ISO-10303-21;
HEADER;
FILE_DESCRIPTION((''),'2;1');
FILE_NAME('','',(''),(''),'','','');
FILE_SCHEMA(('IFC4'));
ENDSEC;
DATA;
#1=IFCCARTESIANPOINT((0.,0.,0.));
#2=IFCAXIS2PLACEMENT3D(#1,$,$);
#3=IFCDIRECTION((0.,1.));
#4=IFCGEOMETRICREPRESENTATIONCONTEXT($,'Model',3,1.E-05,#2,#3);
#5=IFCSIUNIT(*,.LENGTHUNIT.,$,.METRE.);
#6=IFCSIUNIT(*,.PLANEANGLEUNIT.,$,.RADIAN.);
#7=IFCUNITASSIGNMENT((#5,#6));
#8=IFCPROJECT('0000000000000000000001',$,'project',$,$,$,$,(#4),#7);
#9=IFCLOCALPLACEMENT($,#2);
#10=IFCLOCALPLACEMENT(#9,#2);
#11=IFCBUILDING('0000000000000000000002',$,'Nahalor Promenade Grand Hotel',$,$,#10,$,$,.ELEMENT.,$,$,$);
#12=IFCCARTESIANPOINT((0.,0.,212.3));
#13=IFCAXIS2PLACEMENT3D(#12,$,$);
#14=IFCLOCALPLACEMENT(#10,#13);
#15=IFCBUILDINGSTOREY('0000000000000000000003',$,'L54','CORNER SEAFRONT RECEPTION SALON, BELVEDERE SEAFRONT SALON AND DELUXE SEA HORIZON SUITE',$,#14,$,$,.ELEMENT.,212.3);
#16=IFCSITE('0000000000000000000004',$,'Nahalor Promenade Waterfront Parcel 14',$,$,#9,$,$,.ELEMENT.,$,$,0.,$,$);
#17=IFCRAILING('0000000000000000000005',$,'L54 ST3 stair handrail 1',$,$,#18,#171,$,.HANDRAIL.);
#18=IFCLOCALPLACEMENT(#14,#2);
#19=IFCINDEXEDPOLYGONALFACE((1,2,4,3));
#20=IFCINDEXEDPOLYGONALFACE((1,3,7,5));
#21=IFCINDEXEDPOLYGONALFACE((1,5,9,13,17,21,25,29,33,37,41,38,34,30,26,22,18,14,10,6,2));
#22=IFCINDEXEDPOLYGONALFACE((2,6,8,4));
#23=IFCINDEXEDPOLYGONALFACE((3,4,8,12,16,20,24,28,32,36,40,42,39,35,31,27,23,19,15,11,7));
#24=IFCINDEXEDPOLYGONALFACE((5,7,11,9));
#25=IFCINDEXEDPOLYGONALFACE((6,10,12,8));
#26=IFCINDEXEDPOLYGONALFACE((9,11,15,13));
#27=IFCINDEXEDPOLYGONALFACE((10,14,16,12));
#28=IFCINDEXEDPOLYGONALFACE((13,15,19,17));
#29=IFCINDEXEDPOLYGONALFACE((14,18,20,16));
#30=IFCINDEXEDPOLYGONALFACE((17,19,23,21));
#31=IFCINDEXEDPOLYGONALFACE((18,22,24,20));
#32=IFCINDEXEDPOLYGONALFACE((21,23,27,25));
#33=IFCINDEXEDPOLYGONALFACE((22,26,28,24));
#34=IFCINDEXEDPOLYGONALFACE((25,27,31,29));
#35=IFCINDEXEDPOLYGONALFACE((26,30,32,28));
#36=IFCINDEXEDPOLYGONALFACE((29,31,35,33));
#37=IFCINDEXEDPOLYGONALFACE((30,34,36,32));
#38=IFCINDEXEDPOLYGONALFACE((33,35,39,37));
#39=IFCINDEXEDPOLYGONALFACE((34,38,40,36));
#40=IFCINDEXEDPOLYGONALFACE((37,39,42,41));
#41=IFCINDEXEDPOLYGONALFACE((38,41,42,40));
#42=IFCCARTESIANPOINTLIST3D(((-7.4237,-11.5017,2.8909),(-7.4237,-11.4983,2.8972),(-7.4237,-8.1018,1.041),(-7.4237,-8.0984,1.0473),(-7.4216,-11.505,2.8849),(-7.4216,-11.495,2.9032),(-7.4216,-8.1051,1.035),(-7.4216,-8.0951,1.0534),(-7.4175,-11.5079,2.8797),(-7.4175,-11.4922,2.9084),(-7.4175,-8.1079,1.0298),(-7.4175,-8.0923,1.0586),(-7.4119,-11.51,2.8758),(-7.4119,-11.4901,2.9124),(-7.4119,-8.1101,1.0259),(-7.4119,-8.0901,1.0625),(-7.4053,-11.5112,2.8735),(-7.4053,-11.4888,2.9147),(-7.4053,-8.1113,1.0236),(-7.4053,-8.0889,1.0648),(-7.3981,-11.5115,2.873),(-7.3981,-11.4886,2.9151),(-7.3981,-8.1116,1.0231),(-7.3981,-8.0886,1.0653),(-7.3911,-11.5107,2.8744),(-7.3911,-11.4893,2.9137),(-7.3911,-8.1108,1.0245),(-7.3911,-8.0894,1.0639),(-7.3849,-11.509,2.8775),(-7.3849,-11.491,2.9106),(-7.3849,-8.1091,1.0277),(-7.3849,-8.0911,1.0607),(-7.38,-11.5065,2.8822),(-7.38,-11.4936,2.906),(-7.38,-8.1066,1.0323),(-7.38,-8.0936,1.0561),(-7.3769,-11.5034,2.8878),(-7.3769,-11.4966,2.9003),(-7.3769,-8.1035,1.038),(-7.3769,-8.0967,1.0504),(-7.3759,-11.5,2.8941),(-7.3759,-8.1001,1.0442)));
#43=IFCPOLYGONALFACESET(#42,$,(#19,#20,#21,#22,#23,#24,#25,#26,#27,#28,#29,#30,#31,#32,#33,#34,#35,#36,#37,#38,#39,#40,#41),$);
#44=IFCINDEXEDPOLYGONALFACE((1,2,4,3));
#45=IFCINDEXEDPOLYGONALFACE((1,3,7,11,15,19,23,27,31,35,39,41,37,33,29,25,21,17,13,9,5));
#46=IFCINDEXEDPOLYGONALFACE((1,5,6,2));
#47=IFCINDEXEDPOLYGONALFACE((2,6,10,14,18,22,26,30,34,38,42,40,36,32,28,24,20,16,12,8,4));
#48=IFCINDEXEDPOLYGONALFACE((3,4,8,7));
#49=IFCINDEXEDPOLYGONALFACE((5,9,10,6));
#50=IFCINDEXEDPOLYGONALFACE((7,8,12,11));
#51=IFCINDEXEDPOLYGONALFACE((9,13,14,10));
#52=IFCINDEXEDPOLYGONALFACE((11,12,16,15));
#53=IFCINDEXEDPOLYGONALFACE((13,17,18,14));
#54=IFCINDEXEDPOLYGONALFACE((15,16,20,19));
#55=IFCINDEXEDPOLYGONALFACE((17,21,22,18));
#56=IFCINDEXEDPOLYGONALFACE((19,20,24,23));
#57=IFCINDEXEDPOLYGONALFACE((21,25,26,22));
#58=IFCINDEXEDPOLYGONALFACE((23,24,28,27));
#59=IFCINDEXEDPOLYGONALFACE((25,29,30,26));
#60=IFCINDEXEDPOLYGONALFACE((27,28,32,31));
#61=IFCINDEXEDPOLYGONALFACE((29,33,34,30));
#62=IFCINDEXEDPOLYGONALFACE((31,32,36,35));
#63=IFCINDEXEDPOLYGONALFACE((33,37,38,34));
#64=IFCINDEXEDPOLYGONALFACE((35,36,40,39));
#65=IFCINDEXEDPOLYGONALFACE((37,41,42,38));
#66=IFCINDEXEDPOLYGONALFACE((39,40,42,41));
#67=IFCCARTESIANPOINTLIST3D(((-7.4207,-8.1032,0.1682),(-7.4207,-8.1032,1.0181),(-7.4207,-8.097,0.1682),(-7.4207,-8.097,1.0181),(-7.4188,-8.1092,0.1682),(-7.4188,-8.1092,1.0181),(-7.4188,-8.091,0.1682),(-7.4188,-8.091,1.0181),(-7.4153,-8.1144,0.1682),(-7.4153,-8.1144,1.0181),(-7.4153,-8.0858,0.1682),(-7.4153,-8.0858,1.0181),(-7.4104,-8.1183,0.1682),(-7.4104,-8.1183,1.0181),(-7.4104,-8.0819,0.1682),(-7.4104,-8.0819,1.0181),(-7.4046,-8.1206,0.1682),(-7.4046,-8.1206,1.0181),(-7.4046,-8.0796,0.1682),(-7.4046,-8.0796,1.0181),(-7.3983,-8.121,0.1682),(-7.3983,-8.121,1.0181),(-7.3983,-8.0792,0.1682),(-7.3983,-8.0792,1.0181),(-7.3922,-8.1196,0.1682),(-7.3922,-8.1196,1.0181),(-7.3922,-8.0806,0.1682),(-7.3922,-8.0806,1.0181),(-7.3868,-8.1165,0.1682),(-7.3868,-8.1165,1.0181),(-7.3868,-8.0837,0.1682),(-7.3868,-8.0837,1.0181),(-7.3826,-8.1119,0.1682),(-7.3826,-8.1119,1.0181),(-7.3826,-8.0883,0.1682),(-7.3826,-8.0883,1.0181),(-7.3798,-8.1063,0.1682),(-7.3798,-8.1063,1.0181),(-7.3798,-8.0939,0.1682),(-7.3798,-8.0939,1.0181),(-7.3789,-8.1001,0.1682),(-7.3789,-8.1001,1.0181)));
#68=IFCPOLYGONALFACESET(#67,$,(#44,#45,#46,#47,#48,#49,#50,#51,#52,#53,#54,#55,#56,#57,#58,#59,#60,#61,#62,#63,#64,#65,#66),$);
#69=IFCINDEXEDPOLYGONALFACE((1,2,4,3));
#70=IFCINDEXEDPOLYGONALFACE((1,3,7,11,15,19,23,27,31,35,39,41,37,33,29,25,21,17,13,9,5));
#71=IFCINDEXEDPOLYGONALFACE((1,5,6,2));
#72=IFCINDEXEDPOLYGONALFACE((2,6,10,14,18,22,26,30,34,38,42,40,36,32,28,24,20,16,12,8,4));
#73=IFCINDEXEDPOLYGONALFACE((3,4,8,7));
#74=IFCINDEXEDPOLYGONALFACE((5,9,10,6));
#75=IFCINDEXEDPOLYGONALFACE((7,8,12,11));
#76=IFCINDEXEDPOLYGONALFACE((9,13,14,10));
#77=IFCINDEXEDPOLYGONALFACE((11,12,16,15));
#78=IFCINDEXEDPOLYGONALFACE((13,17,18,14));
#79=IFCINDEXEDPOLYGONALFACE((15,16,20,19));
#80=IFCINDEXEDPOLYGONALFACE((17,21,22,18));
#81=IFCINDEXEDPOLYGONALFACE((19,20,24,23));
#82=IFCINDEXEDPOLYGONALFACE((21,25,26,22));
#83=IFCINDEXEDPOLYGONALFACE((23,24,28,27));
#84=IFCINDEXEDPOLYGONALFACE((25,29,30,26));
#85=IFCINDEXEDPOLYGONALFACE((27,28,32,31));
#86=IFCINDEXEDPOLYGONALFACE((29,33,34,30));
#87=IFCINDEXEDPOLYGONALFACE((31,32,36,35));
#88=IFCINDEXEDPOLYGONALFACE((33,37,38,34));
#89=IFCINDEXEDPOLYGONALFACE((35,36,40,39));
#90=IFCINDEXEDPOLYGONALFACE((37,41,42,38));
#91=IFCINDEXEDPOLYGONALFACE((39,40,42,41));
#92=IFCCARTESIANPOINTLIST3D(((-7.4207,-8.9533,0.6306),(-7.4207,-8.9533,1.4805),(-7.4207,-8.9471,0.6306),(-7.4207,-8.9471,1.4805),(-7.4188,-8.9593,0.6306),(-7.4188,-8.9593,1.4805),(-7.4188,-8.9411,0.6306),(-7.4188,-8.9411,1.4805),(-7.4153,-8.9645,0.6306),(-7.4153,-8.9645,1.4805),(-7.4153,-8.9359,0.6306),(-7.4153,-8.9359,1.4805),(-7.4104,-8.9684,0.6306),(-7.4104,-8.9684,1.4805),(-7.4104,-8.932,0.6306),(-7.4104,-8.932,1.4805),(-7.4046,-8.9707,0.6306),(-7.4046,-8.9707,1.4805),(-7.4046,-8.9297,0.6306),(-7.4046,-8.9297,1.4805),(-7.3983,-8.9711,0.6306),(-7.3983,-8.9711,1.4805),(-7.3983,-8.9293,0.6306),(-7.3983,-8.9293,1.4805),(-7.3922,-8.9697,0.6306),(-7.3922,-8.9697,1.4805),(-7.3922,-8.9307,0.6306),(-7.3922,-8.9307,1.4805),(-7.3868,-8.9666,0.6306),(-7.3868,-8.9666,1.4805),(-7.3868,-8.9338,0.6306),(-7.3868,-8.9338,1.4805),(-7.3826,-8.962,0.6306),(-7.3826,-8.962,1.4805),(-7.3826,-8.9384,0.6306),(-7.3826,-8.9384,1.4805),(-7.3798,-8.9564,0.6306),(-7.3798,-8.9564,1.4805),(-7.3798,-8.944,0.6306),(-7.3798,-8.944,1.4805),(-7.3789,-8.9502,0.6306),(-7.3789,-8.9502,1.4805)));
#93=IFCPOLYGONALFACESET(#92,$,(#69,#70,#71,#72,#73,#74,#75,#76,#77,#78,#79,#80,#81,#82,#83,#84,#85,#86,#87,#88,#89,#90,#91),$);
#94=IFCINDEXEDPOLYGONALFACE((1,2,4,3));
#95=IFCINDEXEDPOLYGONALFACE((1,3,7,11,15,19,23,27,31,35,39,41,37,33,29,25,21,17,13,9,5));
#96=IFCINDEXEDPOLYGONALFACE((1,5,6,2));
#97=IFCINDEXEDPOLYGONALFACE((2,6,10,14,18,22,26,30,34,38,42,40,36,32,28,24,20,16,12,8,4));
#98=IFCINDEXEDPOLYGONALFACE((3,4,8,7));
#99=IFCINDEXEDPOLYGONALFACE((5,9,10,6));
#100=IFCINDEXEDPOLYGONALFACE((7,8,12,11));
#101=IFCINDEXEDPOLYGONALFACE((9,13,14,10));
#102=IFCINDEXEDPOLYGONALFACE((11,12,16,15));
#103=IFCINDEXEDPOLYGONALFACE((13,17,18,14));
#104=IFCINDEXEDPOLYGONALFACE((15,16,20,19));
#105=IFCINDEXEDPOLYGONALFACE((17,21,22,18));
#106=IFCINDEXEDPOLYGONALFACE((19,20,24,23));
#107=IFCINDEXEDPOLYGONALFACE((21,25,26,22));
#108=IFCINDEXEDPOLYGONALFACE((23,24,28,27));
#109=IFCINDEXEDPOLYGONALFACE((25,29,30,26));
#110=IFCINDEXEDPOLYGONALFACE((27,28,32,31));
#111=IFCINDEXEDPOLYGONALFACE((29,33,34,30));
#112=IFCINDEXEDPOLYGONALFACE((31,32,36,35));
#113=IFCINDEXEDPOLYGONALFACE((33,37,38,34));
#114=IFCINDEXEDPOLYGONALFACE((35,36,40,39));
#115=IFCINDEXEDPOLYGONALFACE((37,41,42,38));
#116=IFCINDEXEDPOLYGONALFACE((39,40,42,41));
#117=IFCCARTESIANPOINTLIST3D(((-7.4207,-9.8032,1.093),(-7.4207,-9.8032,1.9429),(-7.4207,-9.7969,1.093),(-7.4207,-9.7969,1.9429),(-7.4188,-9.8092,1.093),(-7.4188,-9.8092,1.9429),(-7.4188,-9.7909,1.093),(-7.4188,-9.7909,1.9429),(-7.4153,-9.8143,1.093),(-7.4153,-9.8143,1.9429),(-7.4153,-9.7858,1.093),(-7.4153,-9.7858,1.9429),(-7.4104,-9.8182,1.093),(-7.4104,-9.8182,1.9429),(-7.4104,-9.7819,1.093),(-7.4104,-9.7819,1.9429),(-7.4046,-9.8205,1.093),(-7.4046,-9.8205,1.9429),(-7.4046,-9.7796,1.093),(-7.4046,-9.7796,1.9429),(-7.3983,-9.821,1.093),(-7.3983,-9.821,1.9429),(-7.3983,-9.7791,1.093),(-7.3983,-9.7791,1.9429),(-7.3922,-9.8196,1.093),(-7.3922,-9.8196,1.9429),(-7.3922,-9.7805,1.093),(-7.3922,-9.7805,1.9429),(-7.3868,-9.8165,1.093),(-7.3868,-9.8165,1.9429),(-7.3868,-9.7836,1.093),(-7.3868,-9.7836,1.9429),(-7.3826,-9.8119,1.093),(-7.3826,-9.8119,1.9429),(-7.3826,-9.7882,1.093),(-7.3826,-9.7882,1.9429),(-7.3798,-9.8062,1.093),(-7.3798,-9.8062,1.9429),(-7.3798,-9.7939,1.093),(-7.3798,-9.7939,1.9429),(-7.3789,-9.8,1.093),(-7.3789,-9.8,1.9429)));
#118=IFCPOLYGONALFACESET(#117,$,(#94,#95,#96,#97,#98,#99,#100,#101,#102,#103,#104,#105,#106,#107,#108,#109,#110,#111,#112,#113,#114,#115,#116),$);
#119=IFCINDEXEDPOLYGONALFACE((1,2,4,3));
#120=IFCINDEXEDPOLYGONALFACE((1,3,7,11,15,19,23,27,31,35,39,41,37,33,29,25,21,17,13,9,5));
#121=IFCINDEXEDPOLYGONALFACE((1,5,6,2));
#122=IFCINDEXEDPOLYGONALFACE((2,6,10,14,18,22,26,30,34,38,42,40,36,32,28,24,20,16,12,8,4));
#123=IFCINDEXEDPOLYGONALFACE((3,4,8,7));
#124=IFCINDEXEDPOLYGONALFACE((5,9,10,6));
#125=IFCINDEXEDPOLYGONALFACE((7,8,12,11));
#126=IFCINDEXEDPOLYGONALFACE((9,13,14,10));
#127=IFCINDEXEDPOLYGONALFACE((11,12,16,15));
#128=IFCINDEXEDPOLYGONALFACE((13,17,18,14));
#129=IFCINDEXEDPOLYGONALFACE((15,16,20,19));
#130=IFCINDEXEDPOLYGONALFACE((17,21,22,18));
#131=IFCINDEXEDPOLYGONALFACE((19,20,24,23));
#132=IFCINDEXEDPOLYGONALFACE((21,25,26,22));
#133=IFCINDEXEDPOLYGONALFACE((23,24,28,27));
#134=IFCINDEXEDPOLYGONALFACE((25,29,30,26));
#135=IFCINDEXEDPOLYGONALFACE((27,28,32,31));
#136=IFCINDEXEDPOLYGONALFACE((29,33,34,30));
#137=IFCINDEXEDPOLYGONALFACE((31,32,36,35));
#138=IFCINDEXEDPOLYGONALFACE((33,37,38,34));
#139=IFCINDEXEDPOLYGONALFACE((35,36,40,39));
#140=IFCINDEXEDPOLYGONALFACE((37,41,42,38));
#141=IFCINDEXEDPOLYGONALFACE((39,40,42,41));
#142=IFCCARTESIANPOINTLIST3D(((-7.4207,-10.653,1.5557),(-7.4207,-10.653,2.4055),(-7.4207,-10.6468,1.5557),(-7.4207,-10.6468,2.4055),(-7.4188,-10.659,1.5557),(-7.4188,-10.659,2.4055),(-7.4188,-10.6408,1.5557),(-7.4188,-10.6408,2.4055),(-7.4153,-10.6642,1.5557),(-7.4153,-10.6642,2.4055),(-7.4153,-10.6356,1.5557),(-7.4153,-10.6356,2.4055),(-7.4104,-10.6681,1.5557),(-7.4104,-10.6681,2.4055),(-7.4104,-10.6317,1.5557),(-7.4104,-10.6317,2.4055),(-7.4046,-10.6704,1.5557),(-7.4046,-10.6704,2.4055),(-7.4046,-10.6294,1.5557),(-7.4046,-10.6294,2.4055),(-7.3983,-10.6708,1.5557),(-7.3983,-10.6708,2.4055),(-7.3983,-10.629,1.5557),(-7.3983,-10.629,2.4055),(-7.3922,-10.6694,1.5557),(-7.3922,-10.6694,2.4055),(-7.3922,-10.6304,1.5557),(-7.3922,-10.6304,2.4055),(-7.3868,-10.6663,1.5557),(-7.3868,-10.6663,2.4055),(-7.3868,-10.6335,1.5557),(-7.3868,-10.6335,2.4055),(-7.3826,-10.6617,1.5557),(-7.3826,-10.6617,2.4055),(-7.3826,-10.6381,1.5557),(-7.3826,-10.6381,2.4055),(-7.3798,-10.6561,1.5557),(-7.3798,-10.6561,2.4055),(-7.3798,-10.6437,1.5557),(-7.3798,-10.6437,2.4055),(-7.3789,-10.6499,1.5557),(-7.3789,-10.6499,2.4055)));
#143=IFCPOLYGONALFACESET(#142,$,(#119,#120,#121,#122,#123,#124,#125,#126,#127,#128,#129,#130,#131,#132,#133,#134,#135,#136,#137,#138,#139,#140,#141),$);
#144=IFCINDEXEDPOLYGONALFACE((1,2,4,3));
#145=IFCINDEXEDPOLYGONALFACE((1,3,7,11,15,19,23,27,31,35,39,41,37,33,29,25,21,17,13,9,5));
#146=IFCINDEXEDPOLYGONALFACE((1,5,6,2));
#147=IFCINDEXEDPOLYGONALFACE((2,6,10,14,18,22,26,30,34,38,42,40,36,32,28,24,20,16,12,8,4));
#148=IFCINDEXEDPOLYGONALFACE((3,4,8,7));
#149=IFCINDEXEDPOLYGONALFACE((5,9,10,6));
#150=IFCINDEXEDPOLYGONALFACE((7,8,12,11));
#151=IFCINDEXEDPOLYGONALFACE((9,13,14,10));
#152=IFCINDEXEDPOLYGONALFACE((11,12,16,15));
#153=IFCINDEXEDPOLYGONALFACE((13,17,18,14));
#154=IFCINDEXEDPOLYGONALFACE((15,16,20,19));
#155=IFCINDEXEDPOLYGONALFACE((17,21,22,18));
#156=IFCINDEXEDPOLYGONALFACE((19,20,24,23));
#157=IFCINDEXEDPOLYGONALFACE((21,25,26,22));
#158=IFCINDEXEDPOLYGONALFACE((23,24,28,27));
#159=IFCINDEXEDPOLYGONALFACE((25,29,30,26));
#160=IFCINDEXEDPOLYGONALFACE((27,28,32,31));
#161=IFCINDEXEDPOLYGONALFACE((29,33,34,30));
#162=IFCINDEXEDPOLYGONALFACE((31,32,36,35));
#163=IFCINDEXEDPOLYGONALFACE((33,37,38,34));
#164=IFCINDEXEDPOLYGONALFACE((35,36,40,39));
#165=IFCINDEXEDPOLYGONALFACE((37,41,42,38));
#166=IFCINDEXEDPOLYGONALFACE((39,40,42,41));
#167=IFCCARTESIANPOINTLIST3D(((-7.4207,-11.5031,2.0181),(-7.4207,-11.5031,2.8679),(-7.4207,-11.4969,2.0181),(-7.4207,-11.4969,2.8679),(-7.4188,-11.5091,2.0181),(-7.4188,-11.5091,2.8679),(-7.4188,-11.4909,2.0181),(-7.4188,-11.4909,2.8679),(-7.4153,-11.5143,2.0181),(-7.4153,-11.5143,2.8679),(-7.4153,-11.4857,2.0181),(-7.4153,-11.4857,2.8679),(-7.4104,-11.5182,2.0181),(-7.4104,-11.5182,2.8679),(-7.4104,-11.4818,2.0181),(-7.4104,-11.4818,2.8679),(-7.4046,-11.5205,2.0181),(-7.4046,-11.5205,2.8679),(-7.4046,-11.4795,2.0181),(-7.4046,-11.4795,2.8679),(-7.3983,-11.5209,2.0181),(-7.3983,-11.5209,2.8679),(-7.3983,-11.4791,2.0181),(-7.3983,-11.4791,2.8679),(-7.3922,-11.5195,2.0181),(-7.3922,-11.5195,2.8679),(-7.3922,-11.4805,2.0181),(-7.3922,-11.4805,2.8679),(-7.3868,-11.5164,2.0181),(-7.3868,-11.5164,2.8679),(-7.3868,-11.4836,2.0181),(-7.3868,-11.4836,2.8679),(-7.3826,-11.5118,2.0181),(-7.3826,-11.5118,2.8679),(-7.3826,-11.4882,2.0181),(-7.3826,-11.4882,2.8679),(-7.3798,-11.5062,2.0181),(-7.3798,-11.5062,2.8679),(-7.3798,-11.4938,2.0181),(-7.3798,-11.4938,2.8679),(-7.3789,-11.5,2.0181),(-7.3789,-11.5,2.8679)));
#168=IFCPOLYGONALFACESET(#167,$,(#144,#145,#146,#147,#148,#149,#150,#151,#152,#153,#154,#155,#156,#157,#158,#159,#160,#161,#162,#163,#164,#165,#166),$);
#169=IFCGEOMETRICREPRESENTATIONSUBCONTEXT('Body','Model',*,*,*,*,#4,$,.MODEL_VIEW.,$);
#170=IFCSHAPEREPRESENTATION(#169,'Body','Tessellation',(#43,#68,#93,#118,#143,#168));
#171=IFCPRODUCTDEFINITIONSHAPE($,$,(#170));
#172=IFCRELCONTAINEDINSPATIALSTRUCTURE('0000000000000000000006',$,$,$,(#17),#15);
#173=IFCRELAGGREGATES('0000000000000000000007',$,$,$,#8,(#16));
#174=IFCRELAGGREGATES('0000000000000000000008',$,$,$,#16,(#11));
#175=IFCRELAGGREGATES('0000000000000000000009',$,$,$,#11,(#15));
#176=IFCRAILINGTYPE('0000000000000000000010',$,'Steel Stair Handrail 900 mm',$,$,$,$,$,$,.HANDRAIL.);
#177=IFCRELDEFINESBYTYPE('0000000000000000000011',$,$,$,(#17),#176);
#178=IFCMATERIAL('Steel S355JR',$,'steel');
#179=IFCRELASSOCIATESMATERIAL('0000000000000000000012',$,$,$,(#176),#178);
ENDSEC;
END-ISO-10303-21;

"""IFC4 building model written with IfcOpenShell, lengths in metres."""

from ifc_helpers import new_model, si_unit, direction, frame, origin, origin_2d, place, context, subcontext, project, spatial, circle, extrude, material, type_object, element, save


model = new_model("IFC4")

# Units and contexts
model_context = context("Model", 3, precision=1e-05, world=origin(), true_north=direction((0.0, 1.0)))
body_context = subcontext(model_context, "Body", "Model", "MODEL_VIEW")
ifc_project = project(units=[si_unit("LENGTHUNIT", "METRE"), si_unit("PLANEANGLEUNIT", "RADIAN")], contexts=[model_context])

# Site, building, storey
site_placement = place(None, origin())
site = spatial("IfcSite", under=ifc_project, at=site_placement, Name="Nahalor Promenade Waterfront Parcel 14", CompositionType="ELEMENT", RefElevation=0.0)
building_placement = place(site_placement, origin())
building = spatial("IfcBuilding", under=site, at=building_placement, Name="Nahalor Promenade Grand Hotel", CompositionType="ELEMENT")
storey_placement = place(building_placement, frame((0.0, 0.0, 212.3)))
storey = spatial("IfcBuildingStorey", under=building, at=storey_placement, Name="L54", Description="CORNER SEAFRONT RECEPTION SALON, BELVEDERE SEAFRONT SALON AND DELUXE SEA HORIZON SUITE", CompositionType="ELEMENT", Elevation=212.3)

# Shared definitions
ifc_material_1 = material(Name="Steel S355JR", Category="steel")

# Railing
railing_type_1 = type_object("IfcRailingType", Name="Steel Stair Handrail 900 mm", PredefinedType="HANDRAIL", material=ifc_material_1)
railing_1_placement = place(storey_placement, frame((-7.3999, -8.1001, 0.1682)))
element("IfcRailing", 1, at=railing_1_placement, inside=storey, type_object=railing_type_1, Name="L54 ST3 stair handrail 1", PredefinedType="HANDRAIL", context=body_context, shape_type="SweptSolid", body=[
    extrude(circle(Radius=0.024, at=origin_2d()), frame((0.0, 0.0, 0.876), z_axis=(0.0, -0.878399, 0.477928), x_axis=(1.0, 0.0, 0.0)), (0.0, 0.0, 1.0), 3.8706),
    extrude(circle(Radius=0.021, at=origin_2d()), origin(), (0.0, 0.0, 1.0), 0.8499),
    extrude(circle(Radius=0.021, at=origin_2d()), frame((0.0, -0.8501, 0.4624)), (0.0, 0.0, 1.0), 0.8499),
    extrude(circle(Radius=0.021, at=origin_2d()), frame((0.0, -1.7, 0.9248)), (0.0, 0.0, 1.0), 0.8499),
    extrude(circle(Radius=0.021, at=origin_2d()), frame((0.0, -2.5498, 1.3875)), (0.0, 0.0, 1.0), 0.8499),
    extrude(circle(Radius=0.021, at=origin_2d()), frame((0.0, -3.3999, 1.8499)), (0.0, 0.0, 1.0), 0.8499),
])

save(model, "model.ifc")
